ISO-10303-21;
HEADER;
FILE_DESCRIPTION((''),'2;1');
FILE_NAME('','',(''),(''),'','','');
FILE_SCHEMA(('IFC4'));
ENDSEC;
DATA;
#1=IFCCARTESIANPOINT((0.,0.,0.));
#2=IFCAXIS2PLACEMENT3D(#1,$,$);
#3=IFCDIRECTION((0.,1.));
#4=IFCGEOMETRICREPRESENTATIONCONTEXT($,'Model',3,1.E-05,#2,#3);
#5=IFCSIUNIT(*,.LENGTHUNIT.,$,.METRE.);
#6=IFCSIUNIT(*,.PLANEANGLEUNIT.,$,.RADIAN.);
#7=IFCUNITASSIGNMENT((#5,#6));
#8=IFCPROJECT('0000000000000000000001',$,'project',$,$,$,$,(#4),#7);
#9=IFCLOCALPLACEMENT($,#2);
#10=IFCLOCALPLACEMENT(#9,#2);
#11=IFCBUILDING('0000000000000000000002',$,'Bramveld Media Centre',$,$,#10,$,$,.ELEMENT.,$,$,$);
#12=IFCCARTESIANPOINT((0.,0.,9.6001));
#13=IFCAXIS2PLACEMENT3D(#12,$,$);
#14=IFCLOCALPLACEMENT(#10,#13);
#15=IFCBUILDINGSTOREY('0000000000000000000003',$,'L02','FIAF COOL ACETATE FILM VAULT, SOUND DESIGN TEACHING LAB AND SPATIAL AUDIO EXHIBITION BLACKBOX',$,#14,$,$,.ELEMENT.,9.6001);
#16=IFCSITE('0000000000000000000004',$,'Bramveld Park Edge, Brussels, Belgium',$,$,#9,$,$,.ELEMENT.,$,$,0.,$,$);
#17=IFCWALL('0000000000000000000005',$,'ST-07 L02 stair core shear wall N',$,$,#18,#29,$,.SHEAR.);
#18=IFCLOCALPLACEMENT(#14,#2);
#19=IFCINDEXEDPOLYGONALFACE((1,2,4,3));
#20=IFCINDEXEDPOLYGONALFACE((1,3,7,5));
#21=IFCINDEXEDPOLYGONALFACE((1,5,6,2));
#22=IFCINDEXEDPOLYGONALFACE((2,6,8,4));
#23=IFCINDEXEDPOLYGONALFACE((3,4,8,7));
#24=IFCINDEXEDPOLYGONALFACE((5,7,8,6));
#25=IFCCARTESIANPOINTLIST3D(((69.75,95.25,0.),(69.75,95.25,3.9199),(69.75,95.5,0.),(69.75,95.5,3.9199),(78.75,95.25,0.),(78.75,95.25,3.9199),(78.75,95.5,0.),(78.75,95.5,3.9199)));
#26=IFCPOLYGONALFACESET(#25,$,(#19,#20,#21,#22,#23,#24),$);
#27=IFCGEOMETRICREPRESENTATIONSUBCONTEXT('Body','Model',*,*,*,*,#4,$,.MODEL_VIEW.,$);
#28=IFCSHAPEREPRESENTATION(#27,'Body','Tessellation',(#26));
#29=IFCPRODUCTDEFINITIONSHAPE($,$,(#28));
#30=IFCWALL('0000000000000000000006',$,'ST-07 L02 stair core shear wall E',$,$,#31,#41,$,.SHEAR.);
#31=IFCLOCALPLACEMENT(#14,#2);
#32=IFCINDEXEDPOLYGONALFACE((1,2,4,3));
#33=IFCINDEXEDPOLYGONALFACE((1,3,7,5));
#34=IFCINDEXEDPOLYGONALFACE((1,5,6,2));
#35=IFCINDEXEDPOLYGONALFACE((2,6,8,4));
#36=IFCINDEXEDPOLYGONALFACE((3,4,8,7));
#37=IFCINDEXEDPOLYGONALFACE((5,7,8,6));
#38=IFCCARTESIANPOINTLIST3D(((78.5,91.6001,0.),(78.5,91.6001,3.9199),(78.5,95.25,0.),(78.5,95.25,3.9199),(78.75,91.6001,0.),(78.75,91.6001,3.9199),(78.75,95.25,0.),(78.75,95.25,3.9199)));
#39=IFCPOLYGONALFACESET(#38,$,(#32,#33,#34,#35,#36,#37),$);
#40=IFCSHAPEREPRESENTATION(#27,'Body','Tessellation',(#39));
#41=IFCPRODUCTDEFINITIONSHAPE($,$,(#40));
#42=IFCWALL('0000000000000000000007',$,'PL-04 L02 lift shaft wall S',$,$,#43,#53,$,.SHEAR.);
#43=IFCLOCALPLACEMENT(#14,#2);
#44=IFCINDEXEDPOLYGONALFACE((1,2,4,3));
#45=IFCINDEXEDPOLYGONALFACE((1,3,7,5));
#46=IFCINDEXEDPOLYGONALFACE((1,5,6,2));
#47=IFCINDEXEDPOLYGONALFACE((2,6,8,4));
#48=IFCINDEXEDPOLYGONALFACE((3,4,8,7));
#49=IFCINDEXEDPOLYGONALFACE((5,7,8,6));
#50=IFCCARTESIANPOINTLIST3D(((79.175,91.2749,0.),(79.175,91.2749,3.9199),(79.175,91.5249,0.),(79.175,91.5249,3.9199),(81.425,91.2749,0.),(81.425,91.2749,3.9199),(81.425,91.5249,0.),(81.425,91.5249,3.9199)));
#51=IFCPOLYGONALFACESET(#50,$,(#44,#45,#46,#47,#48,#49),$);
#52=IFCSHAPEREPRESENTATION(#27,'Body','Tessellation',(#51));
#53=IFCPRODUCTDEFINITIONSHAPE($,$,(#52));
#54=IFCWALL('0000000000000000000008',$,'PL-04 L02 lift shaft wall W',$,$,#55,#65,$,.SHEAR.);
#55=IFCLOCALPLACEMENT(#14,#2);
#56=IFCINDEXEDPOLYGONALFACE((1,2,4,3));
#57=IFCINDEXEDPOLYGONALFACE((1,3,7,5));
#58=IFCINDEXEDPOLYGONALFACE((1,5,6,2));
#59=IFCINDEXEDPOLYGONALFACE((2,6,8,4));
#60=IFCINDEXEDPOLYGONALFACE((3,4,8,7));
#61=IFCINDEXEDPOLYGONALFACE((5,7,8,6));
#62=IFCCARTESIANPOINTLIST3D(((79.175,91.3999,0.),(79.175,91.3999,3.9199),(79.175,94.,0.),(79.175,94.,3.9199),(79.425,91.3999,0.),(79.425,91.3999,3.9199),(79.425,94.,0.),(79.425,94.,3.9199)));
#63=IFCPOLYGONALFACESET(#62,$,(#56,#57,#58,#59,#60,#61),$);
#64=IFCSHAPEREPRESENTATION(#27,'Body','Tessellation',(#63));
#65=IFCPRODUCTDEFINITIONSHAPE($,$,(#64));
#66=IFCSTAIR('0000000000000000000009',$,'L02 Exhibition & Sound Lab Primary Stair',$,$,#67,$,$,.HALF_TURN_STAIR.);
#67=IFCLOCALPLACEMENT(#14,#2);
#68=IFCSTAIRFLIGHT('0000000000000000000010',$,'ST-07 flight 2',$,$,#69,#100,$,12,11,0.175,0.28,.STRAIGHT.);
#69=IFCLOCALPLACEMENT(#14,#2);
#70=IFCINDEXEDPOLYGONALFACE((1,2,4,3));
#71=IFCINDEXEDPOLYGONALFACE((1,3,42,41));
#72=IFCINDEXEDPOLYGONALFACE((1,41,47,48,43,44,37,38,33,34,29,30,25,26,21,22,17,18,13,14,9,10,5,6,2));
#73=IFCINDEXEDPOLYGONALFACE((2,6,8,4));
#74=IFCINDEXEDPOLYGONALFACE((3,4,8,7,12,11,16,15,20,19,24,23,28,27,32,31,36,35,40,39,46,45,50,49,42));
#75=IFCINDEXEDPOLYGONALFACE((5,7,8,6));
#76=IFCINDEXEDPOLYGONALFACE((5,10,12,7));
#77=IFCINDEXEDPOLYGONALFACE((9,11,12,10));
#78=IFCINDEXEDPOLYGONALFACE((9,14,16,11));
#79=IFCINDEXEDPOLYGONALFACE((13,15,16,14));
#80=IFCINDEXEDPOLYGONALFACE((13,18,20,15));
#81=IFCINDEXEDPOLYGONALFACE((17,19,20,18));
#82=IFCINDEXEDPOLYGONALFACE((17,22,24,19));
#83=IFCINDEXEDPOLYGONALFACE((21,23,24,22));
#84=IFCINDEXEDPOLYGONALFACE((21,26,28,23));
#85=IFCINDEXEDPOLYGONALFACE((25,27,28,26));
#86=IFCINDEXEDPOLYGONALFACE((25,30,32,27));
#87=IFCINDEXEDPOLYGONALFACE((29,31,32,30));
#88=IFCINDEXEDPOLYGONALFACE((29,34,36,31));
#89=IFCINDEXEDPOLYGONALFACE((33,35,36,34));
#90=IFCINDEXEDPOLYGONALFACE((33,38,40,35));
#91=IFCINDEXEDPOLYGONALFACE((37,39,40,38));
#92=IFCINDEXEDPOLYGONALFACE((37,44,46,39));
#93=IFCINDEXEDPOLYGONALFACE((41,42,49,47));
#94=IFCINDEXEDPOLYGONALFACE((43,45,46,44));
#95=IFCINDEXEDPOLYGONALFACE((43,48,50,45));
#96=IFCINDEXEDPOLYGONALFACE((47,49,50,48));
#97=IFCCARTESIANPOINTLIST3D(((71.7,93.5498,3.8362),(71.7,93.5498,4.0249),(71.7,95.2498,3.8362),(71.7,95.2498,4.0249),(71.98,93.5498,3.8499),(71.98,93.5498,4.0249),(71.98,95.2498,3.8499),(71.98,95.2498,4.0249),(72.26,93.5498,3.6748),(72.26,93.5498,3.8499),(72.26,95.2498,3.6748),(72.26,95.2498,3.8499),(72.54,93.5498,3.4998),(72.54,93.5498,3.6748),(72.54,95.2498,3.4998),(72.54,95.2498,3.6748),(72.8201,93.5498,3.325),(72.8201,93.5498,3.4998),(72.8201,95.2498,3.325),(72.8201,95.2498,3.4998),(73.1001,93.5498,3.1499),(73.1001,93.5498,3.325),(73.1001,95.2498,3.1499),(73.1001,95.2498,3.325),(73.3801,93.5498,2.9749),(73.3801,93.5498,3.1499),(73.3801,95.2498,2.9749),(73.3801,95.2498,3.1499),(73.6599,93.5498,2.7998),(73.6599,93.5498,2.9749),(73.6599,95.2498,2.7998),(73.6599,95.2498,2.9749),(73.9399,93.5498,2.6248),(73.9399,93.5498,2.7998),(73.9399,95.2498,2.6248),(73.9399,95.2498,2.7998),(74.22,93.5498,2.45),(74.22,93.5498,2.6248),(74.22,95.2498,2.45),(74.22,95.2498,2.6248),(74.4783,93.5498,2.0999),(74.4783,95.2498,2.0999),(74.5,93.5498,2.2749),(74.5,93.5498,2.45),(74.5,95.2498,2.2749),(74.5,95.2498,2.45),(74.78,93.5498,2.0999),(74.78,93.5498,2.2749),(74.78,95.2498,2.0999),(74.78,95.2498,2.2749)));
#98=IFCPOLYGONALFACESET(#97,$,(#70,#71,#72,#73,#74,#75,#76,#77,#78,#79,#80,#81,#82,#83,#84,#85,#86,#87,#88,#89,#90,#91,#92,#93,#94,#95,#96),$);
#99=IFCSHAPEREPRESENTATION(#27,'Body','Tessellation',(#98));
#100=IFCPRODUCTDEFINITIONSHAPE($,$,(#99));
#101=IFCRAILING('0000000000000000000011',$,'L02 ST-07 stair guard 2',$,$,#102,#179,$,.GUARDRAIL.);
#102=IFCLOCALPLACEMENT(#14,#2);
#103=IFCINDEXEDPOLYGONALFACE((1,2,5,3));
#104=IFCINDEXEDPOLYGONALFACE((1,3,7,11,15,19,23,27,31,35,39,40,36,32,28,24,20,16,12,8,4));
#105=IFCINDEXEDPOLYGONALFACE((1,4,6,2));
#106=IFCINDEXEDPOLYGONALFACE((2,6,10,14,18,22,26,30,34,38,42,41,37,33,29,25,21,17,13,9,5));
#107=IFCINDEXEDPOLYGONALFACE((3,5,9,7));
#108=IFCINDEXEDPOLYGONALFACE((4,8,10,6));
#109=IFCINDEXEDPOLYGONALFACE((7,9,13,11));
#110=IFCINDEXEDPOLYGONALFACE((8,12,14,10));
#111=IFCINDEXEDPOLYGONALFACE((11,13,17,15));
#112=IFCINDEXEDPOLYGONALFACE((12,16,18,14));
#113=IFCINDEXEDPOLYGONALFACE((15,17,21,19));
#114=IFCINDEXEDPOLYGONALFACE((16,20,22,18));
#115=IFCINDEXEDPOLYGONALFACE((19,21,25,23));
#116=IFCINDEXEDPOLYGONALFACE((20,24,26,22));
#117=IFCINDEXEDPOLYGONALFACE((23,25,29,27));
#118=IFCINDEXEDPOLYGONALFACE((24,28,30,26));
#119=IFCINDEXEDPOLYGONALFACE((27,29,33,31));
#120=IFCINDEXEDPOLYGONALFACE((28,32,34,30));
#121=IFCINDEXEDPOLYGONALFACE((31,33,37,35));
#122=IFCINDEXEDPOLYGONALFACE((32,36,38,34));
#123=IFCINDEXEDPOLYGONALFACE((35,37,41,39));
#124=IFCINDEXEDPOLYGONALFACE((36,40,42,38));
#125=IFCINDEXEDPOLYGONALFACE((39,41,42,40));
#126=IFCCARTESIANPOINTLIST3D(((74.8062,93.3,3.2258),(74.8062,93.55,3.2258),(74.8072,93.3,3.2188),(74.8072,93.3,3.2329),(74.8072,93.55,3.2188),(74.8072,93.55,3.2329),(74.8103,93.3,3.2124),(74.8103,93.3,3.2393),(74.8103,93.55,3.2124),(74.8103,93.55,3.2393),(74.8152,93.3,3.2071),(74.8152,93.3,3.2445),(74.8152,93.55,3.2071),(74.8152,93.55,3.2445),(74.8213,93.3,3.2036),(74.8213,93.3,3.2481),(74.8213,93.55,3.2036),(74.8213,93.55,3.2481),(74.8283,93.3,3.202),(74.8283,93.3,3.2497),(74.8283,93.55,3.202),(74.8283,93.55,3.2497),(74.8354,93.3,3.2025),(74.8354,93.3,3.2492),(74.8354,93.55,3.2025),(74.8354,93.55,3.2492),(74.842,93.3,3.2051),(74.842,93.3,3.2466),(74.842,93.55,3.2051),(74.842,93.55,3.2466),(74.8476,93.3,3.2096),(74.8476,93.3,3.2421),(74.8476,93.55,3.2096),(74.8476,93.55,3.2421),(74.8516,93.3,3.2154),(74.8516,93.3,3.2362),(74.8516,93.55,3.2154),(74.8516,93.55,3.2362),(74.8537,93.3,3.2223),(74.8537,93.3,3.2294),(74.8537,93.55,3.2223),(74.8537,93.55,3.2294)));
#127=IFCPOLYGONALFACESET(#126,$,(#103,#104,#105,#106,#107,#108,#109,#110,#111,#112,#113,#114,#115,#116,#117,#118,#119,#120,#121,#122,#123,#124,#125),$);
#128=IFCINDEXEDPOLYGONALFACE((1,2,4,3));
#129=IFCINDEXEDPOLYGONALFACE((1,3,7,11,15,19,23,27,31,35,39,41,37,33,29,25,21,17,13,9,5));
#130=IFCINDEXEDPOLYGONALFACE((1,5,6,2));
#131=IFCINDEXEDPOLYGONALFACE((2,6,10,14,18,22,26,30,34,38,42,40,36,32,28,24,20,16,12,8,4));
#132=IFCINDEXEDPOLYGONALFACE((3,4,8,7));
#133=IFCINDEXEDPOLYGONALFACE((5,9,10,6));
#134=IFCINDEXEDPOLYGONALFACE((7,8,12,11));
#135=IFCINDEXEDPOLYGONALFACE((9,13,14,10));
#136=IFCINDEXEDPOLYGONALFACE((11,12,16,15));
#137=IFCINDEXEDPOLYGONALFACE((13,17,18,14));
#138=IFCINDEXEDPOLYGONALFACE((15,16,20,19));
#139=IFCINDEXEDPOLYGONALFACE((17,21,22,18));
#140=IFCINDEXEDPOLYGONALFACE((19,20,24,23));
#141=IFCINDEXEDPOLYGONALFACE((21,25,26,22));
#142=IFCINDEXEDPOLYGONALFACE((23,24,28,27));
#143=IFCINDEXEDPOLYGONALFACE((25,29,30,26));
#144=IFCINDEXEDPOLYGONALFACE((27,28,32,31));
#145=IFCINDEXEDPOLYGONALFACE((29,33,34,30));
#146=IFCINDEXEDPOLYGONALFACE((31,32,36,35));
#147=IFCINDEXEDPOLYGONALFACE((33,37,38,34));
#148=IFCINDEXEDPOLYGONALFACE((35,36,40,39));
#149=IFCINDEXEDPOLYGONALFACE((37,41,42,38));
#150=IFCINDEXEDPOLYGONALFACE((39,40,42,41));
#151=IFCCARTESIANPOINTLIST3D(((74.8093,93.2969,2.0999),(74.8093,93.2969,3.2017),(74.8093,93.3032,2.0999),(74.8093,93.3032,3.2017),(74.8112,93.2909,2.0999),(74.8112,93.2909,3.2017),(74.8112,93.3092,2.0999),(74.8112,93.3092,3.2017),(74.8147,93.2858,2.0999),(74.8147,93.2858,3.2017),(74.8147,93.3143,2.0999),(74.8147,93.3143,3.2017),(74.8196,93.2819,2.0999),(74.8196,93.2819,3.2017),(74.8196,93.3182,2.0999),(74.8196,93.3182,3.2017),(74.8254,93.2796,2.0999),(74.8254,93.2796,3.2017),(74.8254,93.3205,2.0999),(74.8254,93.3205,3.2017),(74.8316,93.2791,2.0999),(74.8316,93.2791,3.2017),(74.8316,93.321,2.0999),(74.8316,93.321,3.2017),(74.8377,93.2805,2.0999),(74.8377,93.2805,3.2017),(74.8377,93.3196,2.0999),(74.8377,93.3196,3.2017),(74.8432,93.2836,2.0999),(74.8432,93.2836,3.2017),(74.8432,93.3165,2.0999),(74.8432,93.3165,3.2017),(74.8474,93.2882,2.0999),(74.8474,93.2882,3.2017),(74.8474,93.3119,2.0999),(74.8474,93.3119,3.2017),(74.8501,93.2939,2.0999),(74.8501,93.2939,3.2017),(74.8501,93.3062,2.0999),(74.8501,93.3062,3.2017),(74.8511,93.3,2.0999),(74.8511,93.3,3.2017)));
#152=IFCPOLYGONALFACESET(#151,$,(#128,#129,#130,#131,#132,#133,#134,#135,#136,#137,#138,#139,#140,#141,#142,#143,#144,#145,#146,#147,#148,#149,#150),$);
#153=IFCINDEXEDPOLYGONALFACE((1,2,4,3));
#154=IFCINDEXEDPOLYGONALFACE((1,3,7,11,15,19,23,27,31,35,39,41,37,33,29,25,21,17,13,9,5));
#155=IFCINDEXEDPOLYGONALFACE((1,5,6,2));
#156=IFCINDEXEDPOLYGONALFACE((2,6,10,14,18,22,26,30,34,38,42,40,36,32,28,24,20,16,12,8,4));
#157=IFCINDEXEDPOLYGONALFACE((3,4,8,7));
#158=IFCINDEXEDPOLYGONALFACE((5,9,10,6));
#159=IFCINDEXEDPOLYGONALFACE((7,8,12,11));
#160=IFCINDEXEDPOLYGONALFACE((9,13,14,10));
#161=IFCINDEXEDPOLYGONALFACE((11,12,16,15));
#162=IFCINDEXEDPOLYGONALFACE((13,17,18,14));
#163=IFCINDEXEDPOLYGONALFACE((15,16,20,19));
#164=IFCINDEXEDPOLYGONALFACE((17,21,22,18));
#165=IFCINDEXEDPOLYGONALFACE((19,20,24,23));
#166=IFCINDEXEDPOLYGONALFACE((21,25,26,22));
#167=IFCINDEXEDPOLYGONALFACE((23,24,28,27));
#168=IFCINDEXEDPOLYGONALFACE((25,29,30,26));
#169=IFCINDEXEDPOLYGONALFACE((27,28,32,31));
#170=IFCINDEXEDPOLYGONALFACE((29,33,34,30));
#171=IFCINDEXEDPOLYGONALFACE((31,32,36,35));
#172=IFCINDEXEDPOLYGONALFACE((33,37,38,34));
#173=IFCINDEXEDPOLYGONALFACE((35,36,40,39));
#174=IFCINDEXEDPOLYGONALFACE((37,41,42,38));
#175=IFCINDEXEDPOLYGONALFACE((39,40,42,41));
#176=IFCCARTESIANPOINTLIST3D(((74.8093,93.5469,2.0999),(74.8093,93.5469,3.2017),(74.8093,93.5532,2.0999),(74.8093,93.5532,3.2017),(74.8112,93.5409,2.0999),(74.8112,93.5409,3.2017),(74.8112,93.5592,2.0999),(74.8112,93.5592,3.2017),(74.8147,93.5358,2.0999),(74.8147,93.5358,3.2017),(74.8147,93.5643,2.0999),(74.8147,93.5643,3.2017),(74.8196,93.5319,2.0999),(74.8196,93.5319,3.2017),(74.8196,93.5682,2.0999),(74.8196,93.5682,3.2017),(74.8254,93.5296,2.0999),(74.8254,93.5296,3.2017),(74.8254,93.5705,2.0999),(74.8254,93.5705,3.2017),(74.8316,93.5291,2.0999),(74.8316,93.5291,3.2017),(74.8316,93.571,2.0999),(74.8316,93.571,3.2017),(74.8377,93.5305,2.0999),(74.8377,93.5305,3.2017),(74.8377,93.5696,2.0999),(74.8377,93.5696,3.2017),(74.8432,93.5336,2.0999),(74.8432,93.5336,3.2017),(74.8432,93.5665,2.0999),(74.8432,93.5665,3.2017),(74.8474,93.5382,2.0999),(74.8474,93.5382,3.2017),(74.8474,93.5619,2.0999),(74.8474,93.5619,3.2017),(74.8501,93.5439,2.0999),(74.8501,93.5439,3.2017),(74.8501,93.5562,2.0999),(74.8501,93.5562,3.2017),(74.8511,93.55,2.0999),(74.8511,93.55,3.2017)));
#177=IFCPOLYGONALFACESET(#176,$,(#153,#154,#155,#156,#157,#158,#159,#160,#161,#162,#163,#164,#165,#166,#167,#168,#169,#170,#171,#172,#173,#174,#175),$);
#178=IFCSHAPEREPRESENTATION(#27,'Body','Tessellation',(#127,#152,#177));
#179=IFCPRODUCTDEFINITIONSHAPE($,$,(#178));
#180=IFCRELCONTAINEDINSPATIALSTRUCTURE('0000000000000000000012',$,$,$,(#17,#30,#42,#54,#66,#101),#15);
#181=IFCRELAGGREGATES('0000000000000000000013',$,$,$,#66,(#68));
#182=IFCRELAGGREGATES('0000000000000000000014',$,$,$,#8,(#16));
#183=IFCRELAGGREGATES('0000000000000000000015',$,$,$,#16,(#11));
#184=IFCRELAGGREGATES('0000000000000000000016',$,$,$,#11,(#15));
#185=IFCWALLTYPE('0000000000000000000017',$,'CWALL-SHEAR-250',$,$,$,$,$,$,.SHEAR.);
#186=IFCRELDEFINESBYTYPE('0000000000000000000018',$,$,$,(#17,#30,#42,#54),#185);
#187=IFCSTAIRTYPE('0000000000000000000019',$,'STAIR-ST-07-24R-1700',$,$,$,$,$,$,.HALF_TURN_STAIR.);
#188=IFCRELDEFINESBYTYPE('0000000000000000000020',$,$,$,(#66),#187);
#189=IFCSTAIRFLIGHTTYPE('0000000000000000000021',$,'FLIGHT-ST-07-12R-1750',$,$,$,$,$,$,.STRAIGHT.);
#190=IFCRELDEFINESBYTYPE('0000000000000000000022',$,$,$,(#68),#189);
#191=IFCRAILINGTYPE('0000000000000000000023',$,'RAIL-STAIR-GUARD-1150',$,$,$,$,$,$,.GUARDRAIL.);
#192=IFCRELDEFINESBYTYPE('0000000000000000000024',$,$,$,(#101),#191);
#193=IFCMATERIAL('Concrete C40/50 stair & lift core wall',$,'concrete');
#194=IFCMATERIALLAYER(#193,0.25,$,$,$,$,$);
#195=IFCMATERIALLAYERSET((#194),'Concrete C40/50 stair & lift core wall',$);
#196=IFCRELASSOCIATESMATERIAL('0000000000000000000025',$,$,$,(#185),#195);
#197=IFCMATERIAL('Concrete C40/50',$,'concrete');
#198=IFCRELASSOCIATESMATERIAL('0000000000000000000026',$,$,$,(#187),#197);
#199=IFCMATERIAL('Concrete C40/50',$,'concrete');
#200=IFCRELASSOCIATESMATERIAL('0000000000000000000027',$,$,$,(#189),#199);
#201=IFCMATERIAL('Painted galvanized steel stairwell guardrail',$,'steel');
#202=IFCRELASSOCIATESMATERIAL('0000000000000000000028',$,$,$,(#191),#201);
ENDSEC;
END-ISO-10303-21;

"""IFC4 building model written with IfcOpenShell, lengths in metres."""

from ifc_helpers import new_model, si_unit, direction, frame, frame_2d, origin, origin_2d, place, context, subcontext, project, spatial, polyline, rectangle, circle, outline, extrude, material, layer, layer_set, type_object, element, aggregate, save


model = new_model("IFC4")

# Units and contexts
model_context = context("Model", 3, precision=1e-05, world=origin(), true_north=direction((0.0, 1.0)))
body_context = subcontext(model_context, "Body", "Model", "MODEL_VIEW")
ifc_project = project(units=[si_unit("LENGTHUNIT", "METRE"), si_unit("PLANEANGLEUNIT", "RADIAN")], contexts=[model_context])

# Site, building, storey
site_placement = place(None, origin())
site = spatial("IfcSite", under=ifc_project, at=site_placement, Name="Bramveld Park Edge, Brussels, Belgium", CompositionType="ELEMENT", RefElevation=0.0)
building_placement = place(site_placement, origin())
building = spatial("IfcBuilding", under=site, at=building_placement, Name="Bramveld Media Centre", CompositionType="ELEMENT")
storey_placement = place(building_placement, frame((0.0, 0.0, 9.6001)))
storey = spatial("IfcBuildingStorey", under=building, at=storey_placement, Name="L02", Description="FIAF COOL ACETATE FILM VAULT, SOUND DESIGN TEACHING LAB AND SPATIAL AUDIO EXHIBITION BLACKBOX", CompositionType="ELEMENT", Elevation=9.6001)

# Walls
ifc_material_1 = material(Name="Concrete C40/50 stair & lift core wall", Category="concrete")
ifc_layer_1 = layer(ifc_material_1, 0.25)
ifc_layer_set_1 = layer_set([ifc_layer_1], Name="Concrete C40/50 stair & lift core wall")
wall_type = type_object("IfcWallType", Name="CWALL-SHEAR-250", PredefinedType="SHEAR", material=ifc_layer_set_1)
wall_1_placement = place(storey_placement, frame((78.75, 95.375, 0.0), z_axis=(0.0, 0.0, 1.0), x_axis=(-1.0, 0.0, 0.0)))
element("IfcWall", 1, at=wall_1_placement, inside=storey, type_object=wall_type, Name="ST-07 L02 stair core shear wall N", PredefinedType="SHEAR", context=body_context, shape_type="SweptSolid", body=[
    extrude(rectangle(XDim=9.0, YDim=0.25, at=frame_2d((4.5, 0.0))), origin(), (0.0, 0.0, 1.0), 3.9199),
])
wall_2_placement = place(storey_placement, frame((78.625, 91.6001, 0.0), z_axis=(0.0, 0.0, 1.0), x_axis=(0.0, 1.0, 0.0)))
element("IfcWall", 2, at=wall_2_placement, inside=storey, type_object=wall_type, Name="ST-07 L02 stair core shear wall E", PredefinedType="SHEAR", context=body_context, shape_type="SweptSolid", body=[
    extrude(rectangle(XDim=3.6499, YDim=0.25, at=frame_2d((1.825, 0.0))), origin(), (0.0, 0.0, 1.0), 3.9199),
])
wall_3_placement = place(storey_placement, frame((79.175, 91.3999, 0.0), z_axis=(0.0, 0.0, 1.0), x_axis=(1.0, 0.0, 0.0)))
element("IfcWall", 3, at=wall_3_placement, inside=storey, type_object=wall_type, Name="PL-04 L02 lift shaft wall S", PredefinedType="SHEAR", context=body_context, shape_type="SweptSolid", body=[
    extrude(rectangle(XDim=2.25, YDim=0.25, at=frame_2d((1.125, 0.0))), origin(), (0.0, 0.0, 1.0), 3.9199),
])
wall_4_placement = place(storey_placement, frame((79.3, 94.0, 0.0), z_axis=(0.0, 0.0, 1.0), x_axis=(0.0, -1.0, 0.0)))
element("IfcWall", 4, at=wall_4_placement, inside=storey, type_object=wall_type, Name="PL-04 L02 lift shaft wall W", PredefinedType="SHEAR", context=body_context, shape_type="SweptSolid", body=[
    extrude(rectangle(XDim=2.6001, YDim=0.25, at=frame_2d((1.3, 0.0))), origin(), (0.0, 0.0, 1.0), 3.9199),
])

# Stair, stair flight
ifc_material_2 = material(Name="Concrete C40/50", Category="concrete")
stair_type = type_object("IfcStairType", Name="STAIR-ST-07-24R-1700", PredefinedType="HALF_TURN_STAIR", material=ifc_material_2)
stair_placement = place(storey_placement, origin())
stair = element("IfcStair", 5, at=stair_placement, inside=storey, type_object=stair_type, Name="L02 Exhibition & Sound Lab Primary Stair", PredefinedType="HALF_TURN_STAIR")
ifc_material_3 = material(Name="Concrete C40/50", Category="concrete")
stair_flight_type = type_object("IfcStairFlightType", Name="FLIGHT-ST-07-12R-1750", PredefinedType="STRAIGHT", material=ifc_material_3)
stair_flight_placement = place(storey_placement, frame((74.78, 94.3999, 2.0999), z_axis=(0.0, 0.0, 1.0), x_axis=(-1.0, 0.0, 0.0)))
stair_flight = element("IfcStairFlight", 6, at=stair_flight_placement, type_object=stair_flight_type, Name="ST-07 flight 2", NumberOfRisers=12, NumberOfTreads=11, PredefinedType="STRAIGHT", RiserHeight=0.175, TreadLength=0.28, context=body_context, shape_type="SweptSolid", body=[
    extrude(outline(polyline([(0.0, 0.0), (0.0, 0.175), (0.28, 0.175), (0.28, 0.3501), (0.5601, 0.3501), (0.5601, 0.5249), (0.8401, 0.5249), (0.8401, 0.7), (1.1201, 0.7), (1.1201, 0.875), (1.3999, 0.875), (1.3999, 1.05), (1.6799, 1.05), (1.6799, 1.2251), (1.96, 1.2251), (1.96, 1.3999), (2.24, 1.3999), (2.24, 1.575), (2.52, 1.575), (2.52, 1.75), (2.8, 1.75), (2.8, 1.925), (3.0801, 1.925), (3.0801, 2.1001), (3.0801, 1.7363), (0.3018, 0.0), (0.0, 0.0)])), frame((0.0, 0.8501, 0.0), z_axis=(0.0, -1.0, 0.0), x_axis=(1.0, 0.0, 0.0)), (0.0, 0.0, 1.0), 1.7),
])
aggregate(stair, [stair_flight])

# Railing
ifc_material_4 = material(Name="Painted galvanized steel stairwell guardrail", Category="steel")
railing_type_1 = type_object("IfcRailingType", Name="RAIL-STAIR-GUARD-1150", PredefinedType="GUARDRAIL", material=ifc_material_4)
railing_1_placement = place(storey_placement, frame((74.8301, 93.3, 2.0999)))
element("IfcRailing", 7, at=railing_1_placement, inside=storey, type_object=railing_type_1, Name="L02 ST-07 stair guard 2", PredefinedType="GUARDRAIL", context=body_context, shape_type="SweptSolid", body=[
    extrude(circle(Radius=0.0239, at=origin_2d()), frame((0.0, 0.0, 1.126), z_axis=(0.0, 1.0, 0.0), x_axis=(-1.0, 0.0, 0.0)), (0.0, 0.0, 1.0), 0.25),
    extrude(circle(Radius=0.021, at=origin_2d()), origin(), (0.0, 0.0, 1.0), 1.1018),
    extrude(circle(Radius=0.021, at=origin_2d()), frame((0.0, 0.25, 0.0)), (0.0, 0.0, 1.0), 1.1018),
])

save(model, "model.ifc")
